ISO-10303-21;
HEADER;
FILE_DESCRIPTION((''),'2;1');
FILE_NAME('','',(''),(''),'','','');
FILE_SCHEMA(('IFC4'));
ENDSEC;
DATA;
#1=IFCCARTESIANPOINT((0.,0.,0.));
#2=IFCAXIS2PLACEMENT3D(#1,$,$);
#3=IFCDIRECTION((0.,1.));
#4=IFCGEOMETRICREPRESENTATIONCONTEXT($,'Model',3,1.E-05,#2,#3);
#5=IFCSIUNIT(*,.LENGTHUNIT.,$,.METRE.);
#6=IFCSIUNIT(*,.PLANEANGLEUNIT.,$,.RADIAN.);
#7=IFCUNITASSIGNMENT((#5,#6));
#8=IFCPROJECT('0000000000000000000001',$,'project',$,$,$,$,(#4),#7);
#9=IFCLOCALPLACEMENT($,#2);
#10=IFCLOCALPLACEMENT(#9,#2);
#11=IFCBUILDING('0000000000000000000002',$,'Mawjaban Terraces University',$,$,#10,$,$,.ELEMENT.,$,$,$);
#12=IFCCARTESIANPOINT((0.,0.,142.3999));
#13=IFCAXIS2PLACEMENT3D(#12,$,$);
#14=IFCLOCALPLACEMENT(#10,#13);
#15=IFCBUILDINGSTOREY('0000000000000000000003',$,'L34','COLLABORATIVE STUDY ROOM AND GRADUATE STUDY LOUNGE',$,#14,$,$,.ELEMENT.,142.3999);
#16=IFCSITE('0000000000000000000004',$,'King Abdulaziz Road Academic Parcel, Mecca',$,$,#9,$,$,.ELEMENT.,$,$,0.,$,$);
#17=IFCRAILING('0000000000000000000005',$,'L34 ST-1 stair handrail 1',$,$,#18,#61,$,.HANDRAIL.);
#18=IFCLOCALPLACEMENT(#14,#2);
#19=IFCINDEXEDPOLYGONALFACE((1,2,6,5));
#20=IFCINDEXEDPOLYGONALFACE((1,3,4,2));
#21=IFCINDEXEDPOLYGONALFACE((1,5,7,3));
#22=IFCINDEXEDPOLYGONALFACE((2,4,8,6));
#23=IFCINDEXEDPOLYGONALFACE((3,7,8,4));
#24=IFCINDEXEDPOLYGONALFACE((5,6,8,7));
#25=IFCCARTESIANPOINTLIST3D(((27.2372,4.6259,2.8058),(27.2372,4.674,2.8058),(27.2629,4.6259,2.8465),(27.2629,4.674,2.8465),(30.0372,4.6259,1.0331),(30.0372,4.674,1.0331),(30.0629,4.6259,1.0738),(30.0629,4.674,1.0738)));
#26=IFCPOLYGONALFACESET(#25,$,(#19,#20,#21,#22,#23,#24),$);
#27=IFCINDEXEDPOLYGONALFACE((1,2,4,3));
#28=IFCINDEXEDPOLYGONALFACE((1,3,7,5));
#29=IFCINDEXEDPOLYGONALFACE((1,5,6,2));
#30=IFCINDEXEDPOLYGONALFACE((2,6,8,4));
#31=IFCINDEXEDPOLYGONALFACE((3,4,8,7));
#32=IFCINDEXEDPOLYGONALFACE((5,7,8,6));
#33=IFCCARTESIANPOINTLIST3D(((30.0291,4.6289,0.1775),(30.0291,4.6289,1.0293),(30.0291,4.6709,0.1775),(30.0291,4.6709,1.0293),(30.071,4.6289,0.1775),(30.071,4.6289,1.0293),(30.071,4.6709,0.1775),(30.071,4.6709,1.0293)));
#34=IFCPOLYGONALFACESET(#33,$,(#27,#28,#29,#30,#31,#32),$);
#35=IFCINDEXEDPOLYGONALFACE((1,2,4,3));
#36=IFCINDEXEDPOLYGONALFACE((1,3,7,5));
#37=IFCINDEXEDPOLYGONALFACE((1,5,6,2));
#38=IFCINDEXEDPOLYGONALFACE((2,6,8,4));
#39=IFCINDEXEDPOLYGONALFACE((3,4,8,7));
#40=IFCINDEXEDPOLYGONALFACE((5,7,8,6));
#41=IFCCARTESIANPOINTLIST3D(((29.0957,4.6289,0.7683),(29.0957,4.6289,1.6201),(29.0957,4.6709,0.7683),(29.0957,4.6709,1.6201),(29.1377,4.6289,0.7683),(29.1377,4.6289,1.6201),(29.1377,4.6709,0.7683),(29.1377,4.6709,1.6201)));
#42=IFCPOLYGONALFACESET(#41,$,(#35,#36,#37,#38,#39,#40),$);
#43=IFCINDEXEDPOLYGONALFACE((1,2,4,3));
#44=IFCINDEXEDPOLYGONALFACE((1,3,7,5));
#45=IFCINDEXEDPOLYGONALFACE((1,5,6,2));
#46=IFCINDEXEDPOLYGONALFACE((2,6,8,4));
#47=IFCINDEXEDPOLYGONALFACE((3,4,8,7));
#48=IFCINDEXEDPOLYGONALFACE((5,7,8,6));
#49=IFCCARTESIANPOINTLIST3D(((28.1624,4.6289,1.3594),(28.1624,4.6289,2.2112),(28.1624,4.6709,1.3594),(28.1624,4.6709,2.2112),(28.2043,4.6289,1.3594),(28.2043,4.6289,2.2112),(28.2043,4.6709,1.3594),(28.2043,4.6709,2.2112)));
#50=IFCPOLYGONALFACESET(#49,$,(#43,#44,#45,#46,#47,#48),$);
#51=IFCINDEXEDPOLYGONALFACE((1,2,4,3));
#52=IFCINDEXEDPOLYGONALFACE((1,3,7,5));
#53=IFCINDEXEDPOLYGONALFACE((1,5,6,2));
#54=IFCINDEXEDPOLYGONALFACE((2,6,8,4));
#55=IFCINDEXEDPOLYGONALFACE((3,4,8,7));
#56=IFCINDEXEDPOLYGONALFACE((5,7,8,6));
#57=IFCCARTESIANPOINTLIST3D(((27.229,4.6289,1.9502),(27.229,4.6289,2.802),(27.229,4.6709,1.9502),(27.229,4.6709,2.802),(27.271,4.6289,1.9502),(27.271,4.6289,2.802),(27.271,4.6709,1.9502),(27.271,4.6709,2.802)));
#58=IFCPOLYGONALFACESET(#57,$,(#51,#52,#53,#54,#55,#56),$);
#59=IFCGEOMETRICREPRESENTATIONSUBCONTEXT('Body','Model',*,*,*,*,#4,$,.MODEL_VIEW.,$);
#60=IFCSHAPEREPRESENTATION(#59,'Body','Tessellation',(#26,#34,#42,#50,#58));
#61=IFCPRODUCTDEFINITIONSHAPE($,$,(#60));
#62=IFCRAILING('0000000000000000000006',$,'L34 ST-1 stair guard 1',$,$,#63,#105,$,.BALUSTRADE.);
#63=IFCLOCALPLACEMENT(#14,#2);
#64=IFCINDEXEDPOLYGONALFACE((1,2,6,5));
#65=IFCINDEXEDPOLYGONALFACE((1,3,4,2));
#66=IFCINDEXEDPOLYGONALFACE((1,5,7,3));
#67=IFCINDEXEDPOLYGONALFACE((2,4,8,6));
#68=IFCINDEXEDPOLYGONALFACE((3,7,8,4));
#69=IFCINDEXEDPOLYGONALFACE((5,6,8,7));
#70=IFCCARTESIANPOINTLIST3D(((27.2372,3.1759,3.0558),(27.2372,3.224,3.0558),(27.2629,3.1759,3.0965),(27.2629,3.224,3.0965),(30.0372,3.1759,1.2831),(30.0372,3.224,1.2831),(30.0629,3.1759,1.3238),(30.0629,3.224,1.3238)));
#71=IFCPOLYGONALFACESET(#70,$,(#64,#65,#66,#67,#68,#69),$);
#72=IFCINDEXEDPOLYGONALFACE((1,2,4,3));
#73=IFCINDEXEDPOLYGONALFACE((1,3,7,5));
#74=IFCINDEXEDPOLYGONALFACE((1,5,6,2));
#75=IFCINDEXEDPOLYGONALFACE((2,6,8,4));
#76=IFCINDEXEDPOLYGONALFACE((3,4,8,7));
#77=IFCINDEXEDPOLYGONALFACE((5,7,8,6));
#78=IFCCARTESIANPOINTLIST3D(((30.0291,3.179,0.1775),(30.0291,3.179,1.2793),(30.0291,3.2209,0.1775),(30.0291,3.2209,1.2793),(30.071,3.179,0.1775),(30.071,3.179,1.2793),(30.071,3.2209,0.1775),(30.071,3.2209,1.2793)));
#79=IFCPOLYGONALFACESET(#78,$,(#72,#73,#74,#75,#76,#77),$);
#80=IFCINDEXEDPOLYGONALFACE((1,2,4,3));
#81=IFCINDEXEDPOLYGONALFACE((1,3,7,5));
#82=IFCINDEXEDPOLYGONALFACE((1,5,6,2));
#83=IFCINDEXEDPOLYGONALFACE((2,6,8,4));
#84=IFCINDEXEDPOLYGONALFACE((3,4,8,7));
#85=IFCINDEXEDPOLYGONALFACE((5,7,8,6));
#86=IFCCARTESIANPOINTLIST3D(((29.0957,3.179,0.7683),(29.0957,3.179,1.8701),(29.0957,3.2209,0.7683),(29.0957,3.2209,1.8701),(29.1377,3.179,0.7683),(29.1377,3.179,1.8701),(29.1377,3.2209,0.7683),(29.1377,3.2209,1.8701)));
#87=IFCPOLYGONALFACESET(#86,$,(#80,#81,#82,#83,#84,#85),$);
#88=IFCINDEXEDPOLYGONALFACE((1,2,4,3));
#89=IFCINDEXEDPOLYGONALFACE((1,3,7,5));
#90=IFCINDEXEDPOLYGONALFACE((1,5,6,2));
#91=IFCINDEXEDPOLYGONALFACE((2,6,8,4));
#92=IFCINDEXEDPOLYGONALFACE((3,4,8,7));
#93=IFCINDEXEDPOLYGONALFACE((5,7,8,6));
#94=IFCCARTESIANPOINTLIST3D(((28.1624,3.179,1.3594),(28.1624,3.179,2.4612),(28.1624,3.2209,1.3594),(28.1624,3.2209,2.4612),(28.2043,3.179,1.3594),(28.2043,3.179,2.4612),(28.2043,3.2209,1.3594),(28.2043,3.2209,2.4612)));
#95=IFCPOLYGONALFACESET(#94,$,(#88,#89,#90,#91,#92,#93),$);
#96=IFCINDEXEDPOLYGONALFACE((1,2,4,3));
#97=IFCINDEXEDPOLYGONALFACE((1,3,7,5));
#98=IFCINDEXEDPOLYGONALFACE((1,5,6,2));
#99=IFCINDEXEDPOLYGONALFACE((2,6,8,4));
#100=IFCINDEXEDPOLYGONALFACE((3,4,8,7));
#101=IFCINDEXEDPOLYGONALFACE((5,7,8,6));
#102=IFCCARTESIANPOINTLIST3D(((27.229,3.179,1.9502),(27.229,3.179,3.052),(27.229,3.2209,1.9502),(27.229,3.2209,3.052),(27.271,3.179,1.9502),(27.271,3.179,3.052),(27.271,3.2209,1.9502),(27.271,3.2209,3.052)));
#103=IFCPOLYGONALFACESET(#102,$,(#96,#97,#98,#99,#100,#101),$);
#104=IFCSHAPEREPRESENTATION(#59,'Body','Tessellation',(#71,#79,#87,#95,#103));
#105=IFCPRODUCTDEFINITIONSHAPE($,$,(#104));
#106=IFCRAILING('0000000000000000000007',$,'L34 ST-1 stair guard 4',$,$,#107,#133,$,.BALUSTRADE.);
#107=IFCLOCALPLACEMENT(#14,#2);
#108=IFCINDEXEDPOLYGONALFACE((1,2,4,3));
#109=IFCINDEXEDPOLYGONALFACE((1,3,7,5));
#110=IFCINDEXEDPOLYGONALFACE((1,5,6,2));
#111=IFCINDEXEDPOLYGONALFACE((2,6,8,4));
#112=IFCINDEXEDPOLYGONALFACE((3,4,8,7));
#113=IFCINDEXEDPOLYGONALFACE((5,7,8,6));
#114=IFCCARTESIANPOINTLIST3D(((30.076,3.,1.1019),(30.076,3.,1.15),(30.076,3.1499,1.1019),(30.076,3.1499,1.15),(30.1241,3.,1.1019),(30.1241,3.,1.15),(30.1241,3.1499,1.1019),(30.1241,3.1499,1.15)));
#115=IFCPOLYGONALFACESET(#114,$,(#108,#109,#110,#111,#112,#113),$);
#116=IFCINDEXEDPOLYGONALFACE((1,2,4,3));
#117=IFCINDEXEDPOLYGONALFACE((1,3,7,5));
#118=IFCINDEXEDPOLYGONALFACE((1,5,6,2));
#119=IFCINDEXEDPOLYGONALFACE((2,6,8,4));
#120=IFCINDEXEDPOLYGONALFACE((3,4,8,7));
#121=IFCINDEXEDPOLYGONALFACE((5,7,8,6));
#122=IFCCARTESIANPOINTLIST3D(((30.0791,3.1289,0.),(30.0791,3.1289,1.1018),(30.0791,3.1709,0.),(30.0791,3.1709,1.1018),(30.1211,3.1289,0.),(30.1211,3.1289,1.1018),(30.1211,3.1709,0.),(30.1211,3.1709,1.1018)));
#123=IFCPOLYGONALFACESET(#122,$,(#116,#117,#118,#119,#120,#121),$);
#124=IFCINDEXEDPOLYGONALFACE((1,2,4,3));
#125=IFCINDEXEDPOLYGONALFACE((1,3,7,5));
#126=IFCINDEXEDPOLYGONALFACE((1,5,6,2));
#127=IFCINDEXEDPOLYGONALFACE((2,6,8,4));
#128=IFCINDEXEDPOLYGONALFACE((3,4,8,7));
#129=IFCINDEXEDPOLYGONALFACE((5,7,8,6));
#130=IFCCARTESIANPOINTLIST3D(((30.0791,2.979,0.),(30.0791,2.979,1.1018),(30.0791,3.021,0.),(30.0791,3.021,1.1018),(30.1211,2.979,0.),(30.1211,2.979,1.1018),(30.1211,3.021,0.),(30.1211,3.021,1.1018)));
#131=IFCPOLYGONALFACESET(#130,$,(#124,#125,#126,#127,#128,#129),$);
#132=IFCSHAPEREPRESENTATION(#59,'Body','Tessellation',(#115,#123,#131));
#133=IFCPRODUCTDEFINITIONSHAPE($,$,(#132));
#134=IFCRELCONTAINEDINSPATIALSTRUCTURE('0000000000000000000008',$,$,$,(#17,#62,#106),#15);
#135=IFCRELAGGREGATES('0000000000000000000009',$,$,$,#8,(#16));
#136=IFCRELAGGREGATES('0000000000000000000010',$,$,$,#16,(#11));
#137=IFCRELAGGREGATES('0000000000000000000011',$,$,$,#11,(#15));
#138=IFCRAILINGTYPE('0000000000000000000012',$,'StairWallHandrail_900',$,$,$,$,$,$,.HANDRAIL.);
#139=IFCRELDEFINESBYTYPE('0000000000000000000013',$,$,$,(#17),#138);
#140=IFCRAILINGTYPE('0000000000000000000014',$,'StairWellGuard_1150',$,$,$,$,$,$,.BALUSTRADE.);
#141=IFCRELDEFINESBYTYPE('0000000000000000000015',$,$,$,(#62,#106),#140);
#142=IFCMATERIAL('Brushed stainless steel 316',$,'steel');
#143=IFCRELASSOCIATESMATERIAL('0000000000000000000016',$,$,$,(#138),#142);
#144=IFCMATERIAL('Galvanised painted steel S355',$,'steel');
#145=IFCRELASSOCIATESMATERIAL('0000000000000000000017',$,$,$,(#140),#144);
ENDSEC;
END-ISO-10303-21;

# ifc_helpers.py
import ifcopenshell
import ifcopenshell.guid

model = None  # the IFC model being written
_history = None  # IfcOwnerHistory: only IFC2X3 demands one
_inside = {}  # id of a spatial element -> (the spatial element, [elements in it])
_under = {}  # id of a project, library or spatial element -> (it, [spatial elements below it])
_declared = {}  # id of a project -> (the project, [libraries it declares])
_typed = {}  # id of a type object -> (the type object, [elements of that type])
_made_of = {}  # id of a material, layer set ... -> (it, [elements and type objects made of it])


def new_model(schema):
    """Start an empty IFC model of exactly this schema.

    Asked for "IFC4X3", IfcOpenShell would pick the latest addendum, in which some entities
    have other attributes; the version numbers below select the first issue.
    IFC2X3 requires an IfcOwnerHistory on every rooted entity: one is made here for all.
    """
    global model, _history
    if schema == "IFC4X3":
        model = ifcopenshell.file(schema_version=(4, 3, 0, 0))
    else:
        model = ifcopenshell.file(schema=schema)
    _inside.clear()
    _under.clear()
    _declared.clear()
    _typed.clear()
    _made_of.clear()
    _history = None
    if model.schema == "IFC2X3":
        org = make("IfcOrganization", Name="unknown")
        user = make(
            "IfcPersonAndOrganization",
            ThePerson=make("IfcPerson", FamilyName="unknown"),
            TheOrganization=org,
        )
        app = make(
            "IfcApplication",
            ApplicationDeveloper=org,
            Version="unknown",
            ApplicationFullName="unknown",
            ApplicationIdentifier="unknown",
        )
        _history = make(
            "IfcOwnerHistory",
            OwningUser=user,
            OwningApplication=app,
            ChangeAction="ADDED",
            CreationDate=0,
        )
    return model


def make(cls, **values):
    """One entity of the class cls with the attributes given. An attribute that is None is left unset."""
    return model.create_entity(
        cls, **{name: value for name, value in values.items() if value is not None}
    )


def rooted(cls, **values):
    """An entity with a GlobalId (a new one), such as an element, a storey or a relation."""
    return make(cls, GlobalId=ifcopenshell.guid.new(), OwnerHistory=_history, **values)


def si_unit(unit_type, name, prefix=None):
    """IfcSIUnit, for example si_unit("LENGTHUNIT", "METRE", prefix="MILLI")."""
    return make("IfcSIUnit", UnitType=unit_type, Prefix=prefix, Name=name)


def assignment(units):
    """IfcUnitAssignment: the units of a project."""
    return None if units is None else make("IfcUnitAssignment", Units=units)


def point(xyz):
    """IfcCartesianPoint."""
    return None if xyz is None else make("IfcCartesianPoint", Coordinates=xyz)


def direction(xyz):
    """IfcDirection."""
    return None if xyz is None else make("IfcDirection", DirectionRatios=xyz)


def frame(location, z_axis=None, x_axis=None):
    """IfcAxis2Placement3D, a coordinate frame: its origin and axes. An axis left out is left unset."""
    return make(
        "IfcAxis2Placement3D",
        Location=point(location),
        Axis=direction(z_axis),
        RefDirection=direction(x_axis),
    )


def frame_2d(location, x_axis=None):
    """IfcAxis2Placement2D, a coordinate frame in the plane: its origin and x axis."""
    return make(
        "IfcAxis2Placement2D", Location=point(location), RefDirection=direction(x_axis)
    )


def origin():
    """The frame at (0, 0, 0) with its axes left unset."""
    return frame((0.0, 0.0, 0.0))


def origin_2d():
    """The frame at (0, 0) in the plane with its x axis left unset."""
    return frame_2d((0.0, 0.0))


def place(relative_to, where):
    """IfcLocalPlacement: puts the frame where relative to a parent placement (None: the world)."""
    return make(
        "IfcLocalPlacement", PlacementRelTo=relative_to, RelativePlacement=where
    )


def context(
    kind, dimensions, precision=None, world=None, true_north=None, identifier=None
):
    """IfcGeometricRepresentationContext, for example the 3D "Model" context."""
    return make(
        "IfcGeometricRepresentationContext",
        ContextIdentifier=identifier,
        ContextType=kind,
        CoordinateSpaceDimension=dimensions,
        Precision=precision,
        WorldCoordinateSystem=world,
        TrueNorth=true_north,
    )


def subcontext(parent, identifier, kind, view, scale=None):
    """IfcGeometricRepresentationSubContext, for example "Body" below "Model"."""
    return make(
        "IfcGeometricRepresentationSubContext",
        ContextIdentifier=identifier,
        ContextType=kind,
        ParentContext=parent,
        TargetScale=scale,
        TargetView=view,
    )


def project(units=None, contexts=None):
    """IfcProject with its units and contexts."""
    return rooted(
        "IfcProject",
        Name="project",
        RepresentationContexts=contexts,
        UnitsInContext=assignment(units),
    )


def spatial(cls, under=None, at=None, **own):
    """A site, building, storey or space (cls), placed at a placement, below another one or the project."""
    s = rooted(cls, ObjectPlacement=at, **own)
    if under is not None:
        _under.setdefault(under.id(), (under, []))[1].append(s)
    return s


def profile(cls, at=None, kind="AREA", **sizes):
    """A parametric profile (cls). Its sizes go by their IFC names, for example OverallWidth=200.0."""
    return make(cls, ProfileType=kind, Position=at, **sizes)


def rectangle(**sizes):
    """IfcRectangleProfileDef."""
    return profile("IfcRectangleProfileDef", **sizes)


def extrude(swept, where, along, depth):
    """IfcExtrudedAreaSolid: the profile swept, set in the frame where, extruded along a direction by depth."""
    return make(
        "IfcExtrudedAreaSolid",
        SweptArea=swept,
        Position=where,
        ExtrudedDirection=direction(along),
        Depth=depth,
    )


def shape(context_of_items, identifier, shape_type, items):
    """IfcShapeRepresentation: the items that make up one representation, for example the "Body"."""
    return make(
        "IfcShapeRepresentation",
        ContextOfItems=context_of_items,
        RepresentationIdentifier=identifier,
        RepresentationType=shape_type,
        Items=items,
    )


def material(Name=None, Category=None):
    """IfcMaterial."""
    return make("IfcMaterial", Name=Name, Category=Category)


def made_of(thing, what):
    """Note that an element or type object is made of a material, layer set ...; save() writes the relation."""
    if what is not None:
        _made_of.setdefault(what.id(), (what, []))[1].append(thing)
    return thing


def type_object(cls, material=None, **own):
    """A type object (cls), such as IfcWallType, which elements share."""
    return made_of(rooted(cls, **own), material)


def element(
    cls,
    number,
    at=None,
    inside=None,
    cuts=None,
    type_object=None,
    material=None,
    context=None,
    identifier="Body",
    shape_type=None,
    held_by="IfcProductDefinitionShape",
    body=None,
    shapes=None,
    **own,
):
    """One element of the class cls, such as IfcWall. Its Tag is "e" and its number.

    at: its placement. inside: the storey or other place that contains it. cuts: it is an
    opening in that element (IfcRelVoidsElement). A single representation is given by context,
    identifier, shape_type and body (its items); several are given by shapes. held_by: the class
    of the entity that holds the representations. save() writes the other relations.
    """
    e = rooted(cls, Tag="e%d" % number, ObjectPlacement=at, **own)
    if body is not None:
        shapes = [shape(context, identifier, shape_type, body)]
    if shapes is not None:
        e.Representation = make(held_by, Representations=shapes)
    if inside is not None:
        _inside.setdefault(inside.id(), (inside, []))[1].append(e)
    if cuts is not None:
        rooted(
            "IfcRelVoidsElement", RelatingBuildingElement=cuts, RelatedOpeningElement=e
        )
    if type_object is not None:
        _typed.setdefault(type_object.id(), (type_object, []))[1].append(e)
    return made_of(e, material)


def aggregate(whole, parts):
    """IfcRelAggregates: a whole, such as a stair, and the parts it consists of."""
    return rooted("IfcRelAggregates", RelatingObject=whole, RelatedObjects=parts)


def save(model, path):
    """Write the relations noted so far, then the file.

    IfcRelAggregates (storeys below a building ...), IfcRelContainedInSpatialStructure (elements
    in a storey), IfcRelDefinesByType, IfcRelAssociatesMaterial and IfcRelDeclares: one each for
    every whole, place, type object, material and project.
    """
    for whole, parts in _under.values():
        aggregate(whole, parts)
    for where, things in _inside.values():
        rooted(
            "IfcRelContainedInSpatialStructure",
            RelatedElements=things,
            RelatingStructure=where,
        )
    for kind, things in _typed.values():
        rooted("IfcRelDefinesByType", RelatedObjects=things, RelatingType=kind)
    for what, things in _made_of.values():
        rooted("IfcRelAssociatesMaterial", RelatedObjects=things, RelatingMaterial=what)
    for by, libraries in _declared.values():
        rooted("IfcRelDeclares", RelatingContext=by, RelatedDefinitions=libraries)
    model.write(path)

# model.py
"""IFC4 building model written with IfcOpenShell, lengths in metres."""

from ifc_helpers import new_model, si_unit, direction, frame, origin, origin_2d, place, context, subcontext, project, spatial, rectangle, extrude, material, type_object, element, save


model = new_model("IFC4")

# Units and contexts
model_context = context("Model", 3, precision=1e-05, world=origin(), true_north=direction((0.0, 1.0)))
body_context = subcontext(model_context, "Body", "Model", "MODEL_VIEW")
ifc_project = project(units=[si_unit("LENGTHUNIT", "METRE"), si_unit("PLANEANGLEUNIT", "RADIAN")], contexts=[model_context])

# Site, building, storey
site_placement = place(None, origin())
site = spatial("IfcSite", under=ifc_project, at=site_placement, Name="King Abdulaziz Road Academic Parcel, Mecca", CompositionType="ELEMENT", RefElevation=0.0)
building_placement = place(site_placement, origin())
building = spatial("IfcBuilding", under=site, at=building_placement, Name="Mawjaban Terraces University", CompositionType="ELEMENT")
storey_placement = place(building_placement, frame((0.0, 0.0, 142.3999)))
storey = spatial("IfcBuildingStorey", under=building, at=storey_placement, Name="L34", Description="COLLABORATIVE STUDY ROOM AND GRADUATE STUDY LOUNGE", CompositionType="ELEMENT", Elevation=142.3999)

# Railings
ifc_material_1 = material(Name="Brushed stainless steel 316", Category="steel")
railing_type_1 = type_object("IfcRailingType", Name="StairWallHandrail_900", PredefinedType="HANDRAIL", material=ifc_material_1)
railing_1_placement = place(storey_placement, frame((30.05, 4.6499, 0.1775)))
element("IfcRailing", 1, at=railing_1_placement, inside=storey, type_object=railing_type_1, Name="L34 ST-1 stair handrail 1", PredefinedType="HANDRAIL", context=body_context, shape_type="SweptSolid", body=[
    extrude(rectangle(XDim=0.0481, YDim=0.0481, at=origin_2d()), frame((0.0, 0.0, 0.876), z_axis=(-0.844909, 0.0, 0.53491), x_axis=(0.0, -1.0, 0.0)), (0.0, 0.0, 1.0), 3.314),
    extrude(rectangle(XDim=0.042, YDim=0.042, at=origin_2d()), origin(), (0.0, 0.0, 1.0), 0.8518),
    extrude(rectangle(XDim=0.042, YDim=0.042, at=origin_2d()), frame((-0.9333, 0.0, 0.5908)), (0.0, 0.0, 1.0), 0.8518),
    extrude(rectangle(XDim=0.042, YDim=0.042, at=origin_2d()), frame((-1.8667, 0.0, 1.1819)), (0.0, 0.0, 1.0), 0.8518),
    extrude(rectangle(XDim=0.042, YDim=0.042, at=origin_2d()), frame((-2.8, 0.0, 1.7727)), (0.0, 0.0, 1.0), 0.8518),
])
ifc_material_2 = material(Name="Galvanised painted steel S355", Category="steel")
railing_type_2 = type_object("IfcRailingType", Name="StairWellGuard_1150", PredefinedType="BALUSTRADE", material=ifc_material_2)
railing_2_placement = place(storey_placement, frame((30.05, 3.2, 0.1775)))
element("IfcRailing", 2, at=railing_2_placement, inside=storey, type_object=railing_type_2, Name="L34 ST-1 stair guard 1", PredefinedType="BALUSTRADE", context=body_context, shape_type="SweptSolid", body=[
    extrude(rectangle(XDim=0.0481, YDim=0.0481, at=origin_2d()), frame((0.0, 0.0, 1.126), z_axis=(-0.844909, 0.0, 0.53491), x_axis=(0.0, -1.0, 0.0)), (0.0, 0.0, 1.0), 3.314),
    extrude(rectangle(XDim=0.042, YDim=0.042, at=origin_2d()), origin(), (0.0, 0.0, 1.0), 1.1018),
    extrude(rectangle(XDim=0.042, YDim=0.042, at=origin_2d()), frame((-0.9333, 0.0, 0.5908)), (0.0, 0.0, 1.0), 1.1018),
    extrude(rectangle(XDim=0.042, YDim=0.042, at=origin_2d()), frame((-1.8667, 0.0, 1.1819)), (0.0, 0.0, 1.0), 1.1018),
    extrude(rectangle(XDim=0.042, YDim=0.042, at=origin_2d()), frame((-2.8, 0.0, 1.7727)), (0.0, 0.0, 1.0), 1.1018),
])
railing_3_placement = place(storey_placement, frame((30.1001, 3.1499, 0.0)))
element("IfcRailing", 3, at=railing_3_placement, inside=storey, type_object=railing_type_2, Name="L34 ST-1 stair guard 4", PredefinedType="BALUSTRADE", context=body_context, shape_type="SweptSolid", body=[
    extrude(rectangle(XDim=0.0481, YDim=0.0481, at=origin_2d()), frame((0.0, 0.0, 1.126), z_axis=(0.0, -1.0, 0.0), x_axis=(1.0, 0.0, 0.0)), (0.0, 0.0, 1.0), 0.1499),
    extrude(rectangle(XDim=0.042, YDim=0.042, at=origin_2d()), origin(), (0.0, 0.0, 1.0), 1.1018),
    extrude(rectangle(XDim=0.042, YDim=0.042, at=origin_2d()), frame((0.0, -0.1499, 0.0)), (0.0, 0.0, 1.0), 1.1018),
])

save(model, "model.ifc")
